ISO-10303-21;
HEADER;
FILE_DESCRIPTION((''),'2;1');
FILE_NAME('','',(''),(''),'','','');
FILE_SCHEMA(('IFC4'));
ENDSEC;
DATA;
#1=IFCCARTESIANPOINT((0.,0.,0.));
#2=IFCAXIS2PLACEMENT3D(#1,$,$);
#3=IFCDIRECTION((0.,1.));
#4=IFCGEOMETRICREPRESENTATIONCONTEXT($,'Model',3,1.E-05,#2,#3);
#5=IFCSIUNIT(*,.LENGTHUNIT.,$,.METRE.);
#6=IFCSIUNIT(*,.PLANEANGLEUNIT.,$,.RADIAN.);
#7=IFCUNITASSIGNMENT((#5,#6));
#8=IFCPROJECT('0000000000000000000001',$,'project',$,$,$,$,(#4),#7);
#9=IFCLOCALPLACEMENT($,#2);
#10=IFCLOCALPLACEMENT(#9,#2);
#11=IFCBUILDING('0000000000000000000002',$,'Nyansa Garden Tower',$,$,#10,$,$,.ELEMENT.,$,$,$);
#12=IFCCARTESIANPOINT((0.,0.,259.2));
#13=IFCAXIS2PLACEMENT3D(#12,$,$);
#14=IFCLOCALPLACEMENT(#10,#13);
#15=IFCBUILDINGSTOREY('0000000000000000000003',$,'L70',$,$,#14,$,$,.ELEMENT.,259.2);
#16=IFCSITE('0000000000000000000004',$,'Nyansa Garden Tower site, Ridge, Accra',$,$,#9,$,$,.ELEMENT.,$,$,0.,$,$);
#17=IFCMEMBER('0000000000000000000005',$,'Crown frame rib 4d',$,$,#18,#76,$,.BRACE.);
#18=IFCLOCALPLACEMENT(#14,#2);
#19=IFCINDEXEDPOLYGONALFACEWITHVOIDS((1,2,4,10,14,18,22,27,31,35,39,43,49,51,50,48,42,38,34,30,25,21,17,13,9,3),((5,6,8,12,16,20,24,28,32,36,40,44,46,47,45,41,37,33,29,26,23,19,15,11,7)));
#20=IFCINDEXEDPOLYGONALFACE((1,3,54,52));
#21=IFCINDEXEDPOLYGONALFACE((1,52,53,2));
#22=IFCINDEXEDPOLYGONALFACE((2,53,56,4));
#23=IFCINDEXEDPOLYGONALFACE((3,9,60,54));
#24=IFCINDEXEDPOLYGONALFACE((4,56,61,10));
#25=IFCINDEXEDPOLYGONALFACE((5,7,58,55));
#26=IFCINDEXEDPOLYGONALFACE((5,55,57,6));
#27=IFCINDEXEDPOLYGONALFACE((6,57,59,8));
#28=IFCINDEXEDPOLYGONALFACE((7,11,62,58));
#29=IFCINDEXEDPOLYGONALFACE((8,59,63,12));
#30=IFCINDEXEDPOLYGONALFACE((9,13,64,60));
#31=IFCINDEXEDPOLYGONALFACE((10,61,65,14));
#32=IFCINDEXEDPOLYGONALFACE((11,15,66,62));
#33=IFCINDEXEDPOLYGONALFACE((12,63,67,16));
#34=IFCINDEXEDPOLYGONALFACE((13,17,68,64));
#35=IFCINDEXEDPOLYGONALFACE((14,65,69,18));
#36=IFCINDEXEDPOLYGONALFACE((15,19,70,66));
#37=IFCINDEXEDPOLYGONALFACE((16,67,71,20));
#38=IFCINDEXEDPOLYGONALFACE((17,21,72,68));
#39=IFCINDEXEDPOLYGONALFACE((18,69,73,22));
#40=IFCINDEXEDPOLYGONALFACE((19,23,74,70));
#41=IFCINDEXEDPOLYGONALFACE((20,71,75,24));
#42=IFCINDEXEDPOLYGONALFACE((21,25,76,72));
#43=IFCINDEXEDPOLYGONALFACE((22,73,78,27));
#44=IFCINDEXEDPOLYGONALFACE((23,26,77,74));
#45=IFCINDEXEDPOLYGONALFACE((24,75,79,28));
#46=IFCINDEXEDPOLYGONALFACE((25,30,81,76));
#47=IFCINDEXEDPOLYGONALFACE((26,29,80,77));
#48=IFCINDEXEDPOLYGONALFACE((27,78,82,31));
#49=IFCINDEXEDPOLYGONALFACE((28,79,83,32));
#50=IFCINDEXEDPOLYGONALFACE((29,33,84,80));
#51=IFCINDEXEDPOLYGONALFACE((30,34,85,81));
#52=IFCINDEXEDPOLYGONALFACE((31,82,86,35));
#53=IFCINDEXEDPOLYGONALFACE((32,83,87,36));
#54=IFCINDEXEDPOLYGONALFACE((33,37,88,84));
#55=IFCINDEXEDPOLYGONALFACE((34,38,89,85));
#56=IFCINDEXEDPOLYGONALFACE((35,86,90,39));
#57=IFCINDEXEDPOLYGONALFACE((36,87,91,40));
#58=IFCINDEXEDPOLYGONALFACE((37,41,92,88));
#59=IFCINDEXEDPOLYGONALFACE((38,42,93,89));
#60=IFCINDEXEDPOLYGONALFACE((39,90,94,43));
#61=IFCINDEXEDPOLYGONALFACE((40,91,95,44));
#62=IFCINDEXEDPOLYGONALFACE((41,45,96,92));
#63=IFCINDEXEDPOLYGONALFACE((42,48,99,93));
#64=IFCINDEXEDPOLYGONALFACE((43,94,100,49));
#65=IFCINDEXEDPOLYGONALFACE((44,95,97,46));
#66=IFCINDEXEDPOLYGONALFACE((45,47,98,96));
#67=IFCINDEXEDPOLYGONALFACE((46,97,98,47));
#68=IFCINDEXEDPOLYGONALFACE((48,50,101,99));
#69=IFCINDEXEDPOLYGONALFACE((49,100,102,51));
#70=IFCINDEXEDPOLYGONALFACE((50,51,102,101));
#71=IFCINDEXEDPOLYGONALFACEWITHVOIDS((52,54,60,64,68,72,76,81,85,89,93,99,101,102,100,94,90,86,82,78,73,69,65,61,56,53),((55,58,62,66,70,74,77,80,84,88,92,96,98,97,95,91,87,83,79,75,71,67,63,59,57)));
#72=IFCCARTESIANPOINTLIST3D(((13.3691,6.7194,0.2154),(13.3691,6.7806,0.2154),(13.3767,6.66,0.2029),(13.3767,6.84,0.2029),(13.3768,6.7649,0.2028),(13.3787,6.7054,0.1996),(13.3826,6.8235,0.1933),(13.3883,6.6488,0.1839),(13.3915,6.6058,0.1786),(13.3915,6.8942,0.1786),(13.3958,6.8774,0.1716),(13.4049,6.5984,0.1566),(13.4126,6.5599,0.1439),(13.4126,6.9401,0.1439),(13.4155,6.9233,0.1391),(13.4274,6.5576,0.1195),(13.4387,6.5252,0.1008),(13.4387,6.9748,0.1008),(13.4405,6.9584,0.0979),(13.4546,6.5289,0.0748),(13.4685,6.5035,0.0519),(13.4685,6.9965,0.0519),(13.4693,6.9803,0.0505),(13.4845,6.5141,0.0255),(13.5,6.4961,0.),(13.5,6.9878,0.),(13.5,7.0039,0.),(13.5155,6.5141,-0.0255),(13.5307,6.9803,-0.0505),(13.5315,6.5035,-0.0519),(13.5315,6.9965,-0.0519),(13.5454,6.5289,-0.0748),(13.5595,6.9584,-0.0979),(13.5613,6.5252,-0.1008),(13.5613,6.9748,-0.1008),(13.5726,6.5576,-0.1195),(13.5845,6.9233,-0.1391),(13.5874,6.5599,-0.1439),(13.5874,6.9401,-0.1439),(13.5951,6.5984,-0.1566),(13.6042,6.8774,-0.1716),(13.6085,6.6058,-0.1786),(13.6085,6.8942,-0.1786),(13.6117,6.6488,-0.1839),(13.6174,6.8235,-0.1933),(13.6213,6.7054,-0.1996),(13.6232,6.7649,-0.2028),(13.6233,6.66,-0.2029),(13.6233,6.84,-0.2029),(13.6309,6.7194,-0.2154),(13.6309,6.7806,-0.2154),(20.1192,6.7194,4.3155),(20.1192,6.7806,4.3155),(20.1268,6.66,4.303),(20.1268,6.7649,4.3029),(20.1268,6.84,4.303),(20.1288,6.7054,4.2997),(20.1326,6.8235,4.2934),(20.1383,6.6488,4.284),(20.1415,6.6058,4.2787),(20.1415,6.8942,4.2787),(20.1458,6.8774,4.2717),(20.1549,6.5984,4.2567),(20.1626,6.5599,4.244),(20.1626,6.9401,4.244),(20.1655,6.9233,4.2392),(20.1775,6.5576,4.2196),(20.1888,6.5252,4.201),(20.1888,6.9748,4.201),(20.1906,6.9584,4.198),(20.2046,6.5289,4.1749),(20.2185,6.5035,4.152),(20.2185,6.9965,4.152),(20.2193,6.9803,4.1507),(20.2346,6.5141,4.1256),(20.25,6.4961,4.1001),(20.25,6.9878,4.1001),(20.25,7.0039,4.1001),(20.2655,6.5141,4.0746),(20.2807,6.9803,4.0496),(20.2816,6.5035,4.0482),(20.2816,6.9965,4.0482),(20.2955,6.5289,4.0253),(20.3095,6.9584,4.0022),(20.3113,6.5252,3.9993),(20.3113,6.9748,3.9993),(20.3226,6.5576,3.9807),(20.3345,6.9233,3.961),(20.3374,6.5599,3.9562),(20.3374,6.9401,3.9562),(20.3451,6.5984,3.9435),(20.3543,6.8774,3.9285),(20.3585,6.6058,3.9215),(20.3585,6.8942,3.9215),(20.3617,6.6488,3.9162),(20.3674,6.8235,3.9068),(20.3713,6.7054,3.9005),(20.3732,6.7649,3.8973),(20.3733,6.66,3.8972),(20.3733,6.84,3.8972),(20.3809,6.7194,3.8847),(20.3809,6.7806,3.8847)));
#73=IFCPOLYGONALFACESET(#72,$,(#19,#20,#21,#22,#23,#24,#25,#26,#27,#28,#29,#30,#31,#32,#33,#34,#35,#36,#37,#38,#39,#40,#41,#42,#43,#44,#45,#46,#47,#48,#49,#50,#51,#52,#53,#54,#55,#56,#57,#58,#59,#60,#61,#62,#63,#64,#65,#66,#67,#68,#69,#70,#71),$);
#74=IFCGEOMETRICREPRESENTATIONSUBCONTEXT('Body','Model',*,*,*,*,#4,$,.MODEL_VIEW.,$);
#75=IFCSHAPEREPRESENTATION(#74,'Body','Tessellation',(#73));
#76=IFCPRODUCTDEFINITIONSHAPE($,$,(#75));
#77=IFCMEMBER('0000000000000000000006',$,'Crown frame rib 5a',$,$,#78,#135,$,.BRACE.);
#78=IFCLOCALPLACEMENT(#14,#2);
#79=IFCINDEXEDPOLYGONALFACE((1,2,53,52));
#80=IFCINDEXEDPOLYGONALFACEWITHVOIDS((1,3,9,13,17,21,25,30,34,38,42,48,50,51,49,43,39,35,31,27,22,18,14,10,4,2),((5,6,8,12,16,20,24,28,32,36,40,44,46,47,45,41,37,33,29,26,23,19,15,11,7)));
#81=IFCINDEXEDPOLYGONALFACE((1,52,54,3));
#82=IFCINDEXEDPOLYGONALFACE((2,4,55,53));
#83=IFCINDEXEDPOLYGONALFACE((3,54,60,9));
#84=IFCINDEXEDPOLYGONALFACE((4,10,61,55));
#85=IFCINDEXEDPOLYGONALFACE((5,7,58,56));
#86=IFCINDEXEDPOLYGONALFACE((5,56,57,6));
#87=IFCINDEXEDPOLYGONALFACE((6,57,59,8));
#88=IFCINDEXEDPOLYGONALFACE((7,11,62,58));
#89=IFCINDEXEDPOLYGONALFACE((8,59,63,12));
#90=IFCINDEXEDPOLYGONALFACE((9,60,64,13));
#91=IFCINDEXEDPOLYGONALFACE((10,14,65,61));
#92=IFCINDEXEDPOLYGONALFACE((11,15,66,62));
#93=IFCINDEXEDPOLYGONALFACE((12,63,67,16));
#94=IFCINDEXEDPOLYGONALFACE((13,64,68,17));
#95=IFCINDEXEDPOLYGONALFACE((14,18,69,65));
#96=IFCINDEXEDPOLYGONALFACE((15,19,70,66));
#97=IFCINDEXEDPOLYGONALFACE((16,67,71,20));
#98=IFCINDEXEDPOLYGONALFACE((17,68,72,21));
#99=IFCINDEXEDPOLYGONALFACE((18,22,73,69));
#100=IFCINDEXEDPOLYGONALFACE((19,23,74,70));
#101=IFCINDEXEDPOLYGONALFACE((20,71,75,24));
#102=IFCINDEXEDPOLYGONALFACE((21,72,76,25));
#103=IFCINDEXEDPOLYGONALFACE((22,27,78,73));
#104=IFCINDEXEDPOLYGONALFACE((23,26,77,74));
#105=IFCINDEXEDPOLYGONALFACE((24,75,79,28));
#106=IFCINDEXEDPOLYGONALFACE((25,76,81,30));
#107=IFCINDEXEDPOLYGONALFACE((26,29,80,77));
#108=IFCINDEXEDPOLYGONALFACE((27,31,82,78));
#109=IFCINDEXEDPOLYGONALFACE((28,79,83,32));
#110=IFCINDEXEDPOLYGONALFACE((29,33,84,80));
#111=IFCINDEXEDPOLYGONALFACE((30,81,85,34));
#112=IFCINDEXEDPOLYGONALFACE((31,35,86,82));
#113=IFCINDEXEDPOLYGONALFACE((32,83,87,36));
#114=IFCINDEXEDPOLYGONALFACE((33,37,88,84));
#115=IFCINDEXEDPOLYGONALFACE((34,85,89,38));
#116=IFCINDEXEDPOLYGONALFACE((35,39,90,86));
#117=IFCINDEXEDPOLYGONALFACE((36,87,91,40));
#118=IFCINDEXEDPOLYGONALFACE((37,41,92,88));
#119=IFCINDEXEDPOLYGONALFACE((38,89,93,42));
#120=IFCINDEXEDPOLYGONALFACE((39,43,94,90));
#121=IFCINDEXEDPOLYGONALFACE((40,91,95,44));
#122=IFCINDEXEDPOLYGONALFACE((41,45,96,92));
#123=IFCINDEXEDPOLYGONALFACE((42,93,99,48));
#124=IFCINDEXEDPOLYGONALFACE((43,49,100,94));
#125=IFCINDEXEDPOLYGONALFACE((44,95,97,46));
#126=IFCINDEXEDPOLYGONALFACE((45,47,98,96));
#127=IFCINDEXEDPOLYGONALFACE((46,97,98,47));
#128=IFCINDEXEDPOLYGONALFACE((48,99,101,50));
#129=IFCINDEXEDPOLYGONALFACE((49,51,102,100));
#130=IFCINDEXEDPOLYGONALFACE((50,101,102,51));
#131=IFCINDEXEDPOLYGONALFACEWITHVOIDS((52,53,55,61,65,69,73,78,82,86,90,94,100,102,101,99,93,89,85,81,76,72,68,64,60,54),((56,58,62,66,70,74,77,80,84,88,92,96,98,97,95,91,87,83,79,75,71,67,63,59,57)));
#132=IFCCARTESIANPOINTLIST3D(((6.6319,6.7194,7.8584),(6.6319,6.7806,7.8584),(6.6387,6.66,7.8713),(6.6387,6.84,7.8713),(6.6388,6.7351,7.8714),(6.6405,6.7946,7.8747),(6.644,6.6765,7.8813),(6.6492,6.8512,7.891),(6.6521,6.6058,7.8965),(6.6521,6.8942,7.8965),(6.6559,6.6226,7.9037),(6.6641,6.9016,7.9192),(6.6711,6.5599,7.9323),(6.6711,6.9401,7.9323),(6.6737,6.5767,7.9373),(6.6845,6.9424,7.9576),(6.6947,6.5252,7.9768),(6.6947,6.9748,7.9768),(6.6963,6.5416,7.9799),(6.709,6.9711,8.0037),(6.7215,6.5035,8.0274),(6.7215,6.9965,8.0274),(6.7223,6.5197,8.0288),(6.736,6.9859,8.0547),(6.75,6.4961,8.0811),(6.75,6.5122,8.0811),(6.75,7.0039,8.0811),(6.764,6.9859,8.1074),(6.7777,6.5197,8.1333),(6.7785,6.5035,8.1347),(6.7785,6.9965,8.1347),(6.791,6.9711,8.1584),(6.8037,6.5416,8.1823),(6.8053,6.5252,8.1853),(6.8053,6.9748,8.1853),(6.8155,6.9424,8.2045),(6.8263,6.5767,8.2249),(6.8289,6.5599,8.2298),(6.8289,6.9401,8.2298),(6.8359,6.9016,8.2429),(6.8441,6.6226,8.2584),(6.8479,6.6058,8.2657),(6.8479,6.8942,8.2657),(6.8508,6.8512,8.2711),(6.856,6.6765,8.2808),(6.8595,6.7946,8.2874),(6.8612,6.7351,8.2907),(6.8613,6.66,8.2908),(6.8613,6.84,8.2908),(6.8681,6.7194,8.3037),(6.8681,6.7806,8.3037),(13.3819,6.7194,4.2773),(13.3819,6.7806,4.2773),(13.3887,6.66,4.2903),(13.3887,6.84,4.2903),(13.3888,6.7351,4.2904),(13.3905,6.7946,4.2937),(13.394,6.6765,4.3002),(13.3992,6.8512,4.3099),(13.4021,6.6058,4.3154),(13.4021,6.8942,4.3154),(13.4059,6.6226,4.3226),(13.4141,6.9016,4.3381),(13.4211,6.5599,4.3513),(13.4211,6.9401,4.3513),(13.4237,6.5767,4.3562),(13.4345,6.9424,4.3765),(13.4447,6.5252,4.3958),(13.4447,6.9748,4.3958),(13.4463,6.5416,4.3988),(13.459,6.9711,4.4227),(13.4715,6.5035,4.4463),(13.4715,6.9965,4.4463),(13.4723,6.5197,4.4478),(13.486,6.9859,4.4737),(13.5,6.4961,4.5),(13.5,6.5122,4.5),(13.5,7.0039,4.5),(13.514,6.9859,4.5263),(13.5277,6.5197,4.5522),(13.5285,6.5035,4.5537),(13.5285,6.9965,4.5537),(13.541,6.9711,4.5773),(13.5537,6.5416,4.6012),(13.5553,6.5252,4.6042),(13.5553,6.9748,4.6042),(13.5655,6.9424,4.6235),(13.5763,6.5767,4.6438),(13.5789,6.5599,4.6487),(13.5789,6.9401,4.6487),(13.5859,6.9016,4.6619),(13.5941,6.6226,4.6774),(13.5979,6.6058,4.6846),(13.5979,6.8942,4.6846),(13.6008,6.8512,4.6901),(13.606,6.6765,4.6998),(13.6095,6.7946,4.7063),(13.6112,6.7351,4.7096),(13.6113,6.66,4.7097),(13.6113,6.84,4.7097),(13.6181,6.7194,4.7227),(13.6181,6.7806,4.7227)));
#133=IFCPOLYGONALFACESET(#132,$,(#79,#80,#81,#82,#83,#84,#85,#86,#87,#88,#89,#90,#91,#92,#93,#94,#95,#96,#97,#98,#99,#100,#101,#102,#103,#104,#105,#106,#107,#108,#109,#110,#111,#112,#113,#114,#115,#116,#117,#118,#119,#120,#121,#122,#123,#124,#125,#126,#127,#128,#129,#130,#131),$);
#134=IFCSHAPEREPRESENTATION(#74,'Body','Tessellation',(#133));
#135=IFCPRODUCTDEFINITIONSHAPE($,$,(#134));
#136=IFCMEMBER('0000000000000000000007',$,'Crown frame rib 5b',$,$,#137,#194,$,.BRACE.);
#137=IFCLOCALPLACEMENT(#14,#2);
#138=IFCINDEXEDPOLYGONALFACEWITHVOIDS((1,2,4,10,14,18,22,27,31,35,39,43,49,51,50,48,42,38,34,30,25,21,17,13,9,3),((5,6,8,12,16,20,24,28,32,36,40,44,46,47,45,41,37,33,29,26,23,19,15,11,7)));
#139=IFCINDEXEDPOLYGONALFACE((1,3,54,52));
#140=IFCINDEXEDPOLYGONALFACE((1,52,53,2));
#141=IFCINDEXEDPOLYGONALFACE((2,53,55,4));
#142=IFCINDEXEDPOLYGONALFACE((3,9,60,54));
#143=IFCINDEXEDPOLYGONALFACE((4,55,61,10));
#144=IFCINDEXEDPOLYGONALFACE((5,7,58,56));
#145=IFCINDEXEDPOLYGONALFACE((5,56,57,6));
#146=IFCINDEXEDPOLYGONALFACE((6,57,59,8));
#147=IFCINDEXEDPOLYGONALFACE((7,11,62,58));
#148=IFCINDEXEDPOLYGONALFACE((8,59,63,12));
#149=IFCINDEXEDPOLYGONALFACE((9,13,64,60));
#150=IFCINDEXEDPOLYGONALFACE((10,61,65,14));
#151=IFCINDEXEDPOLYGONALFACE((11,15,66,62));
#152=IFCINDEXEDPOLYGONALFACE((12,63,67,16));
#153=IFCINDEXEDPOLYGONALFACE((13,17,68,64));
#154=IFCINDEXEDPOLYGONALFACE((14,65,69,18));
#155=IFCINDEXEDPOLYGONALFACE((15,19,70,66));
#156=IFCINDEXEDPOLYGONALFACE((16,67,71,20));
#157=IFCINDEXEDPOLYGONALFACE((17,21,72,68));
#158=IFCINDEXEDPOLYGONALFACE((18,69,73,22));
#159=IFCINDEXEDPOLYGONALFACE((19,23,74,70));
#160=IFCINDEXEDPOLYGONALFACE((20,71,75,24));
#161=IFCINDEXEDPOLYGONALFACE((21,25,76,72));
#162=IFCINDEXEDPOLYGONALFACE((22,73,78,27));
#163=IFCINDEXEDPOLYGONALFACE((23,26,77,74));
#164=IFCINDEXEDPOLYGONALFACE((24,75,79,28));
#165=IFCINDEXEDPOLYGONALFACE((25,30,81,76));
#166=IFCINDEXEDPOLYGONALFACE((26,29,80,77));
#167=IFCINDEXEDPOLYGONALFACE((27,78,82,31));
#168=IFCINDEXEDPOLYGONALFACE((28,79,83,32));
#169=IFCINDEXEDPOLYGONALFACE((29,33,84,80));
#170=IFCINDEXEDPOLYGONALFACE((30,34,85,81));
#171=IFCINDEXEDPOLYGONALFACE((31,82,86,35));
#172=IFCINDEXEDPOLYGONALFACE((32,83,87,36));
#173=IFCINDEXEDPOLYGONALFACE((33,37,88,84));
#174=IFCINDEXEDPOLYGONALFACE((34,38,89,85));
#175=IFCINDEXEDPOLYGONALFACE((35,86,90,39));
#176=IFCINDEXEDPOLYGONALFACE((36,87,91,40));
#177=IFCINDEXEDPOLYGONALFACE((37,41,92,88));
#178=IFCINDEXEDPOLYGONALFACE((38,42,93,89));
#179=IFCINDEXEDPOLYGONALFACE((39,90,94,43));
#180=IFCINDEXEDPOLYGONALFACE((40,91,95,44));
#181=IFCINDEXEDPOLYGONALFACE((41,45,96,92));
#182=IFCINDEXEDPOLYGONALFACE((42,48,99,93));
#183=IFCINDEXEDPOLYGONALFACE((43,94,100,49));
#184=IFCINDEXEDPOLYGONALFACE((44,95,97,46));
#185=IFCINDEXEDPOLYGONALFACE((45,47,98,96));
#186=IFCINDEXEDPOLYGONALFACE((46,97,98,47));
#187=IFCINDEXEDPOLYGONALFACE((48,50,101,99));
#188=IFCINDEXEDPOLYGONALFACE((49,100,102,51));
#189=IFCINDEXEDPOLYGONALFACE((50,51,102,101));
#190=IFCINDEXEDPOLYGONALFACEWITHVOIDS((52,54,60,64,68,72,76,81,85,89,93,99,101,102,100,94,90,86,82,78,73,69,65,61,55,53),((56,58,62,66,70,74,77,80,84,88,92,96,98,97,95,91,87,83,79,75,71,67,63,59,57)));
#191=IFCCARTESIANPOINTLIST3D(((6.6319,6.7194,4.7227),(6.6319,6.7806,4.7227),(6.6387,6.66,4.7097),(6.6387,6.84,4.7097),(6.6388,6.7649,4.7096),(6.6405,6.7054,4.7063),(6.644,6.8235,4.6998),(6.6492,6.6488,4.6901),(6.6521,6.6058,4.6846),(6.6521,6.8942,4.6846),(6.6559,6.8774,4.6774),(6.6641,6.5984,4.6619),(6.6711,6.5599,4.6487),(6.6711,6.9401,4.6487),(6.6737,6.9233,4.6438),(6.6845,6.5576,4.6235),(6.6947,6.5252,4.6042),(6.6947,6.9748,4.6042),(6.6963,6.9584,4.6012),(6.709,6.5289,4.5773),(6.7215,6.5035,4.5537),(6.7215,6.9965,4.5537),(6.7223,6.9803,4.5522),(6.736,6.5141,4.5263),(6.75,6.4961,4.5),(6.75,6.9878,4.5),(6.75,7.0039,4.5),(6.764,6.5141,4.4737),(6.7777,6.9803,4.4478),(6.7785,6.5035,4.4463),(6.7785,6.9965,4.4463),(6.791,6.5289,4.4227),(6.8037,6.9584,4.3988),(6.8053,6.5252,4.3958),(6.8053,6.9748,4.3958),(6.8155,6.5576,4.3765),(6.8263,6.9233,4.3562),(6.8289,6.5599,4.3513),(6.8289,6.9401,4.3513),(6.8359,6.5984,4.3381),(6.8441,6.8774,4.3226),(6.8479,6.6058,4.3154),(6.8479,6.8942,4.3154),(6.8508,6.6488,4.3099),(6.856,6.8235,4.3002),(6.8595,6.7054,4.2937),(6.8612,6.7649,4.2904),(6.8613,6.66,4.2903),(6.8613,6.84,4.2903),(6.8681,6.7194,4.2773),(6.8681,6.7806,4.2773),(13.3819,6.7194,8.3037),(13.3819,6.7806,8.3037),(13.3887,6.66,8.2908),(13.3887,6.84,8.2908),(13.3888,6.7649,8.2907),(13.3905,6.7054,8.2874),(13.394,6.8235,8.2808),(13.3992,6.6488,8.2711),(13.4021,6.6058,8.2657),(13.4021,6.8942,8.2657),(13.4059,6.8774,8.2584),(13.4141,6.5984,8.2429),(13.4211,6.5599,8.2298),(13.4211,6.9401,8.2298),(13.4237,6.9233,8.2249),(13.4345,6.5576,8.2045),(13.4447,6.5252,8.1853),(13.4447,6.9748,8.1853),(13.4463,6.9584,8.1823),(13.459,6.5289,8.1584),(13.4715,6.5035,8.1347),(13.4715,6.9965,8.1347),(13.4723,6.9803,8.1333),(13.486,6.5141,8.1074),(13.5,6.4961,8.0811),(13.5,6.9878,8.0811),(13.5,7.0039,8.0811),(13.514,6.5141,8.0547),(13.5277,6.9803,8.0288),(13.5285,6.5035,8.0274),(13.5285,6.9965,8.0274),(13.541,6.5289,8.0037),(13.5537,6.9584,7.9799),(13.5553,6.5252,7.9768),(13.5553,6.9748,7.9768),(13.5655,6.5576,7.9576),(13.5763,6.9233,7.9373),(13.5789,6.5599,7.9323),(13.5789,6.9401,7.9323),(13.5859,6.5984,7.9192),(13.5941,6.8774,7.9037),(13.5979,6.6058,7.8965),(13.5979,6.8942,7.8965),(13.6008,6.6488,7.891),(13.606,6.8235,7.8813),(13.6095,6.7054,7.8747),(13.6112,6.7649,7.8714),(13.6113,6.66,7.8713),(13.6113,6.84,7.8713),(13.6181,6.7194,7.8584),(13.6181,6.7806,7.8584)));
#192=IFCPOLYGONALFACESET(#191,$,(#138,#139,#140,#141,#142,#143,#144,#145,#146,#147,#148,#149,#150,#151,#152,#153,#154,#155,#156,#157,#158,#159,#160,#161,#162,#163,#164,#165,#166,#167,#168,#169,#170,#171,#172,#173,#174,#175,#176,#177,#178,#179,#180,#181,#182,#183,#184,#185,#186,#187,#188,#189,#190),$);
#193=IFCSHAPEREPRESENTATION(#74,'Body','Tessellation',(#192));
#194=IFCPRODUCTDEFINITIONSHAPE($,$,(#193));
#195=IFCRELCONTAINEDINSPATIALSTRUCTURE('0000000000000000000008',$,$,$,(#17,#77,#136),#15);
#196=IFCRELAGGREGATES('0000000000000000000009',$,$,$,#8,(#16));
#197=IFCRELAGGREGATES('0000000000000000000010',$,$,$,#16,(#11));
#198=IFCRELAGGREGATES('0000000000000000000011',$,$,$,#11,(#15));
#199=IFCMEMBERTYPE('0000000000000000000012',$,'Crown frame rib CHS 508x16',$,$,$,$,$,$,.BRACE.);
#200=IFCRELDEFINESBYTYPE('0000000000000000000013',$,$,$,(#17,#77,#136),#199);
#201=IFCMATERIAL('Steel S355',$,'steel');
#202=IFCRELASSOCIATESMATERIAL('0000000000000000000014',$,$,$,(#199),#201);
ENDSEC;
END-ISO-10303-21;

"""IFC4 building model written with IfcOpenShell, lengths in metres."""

from ifc_helpers import new_model, si_unit, direction, frame, origin, origin_2d, place, context, subcontext, project, spatial, hollow_circle, extrude, material, material_profile, profile_set, type_object, element, save


model = new_model("IFC4")

# Units and contexts
model_context = context("Model", 3, precision=1e-05, world=origin(), true_north=direction((0.0, 1.0)))
body_context = subcontext(model_context, "Body", "Model", "MODEL_VIEW")
ifc_project = project(units=[si_unit("LENGTHUNIT", "METRE"), si_unit("PLANEANGLEUNIT", "RADIAN")], contexts=[model_context])

# Site, building, storey
site_placement = place(None, origin())
site = spatial("IfcSite", under=ifc_project, at=site_placement, Name="Nyansa Garden Tower site, Ridge, Accra", CompositionType="ELEMENT", RefElevation=0.0)
building_placement = place(site_placement, origin())
building = spatial("IfcBuilding", under=site, at=building_placement, Name="Nyansa Garden Tower", CompositionType="ELEMENT")
storey_placement = place(building_placement, frame((0.0, 0.0, 259.2)))
storey = spatial("IfcBuildingStorey", under=building, at=storey_placement, Name="L70", CompositionType="ELEMENT", Elevation=259.2)

# Members
ifc_material_1 = material(Name="Steel S355", Category="steel")
ifc_material_profile_1 = material_profile(ifc_material_1, hollow_circle(Radius=0.2539, WallThickness=0.0161, at=origin_2d()), Name="CHS 508x16")
ifc_profile_set_1 = profile_set([ifc_material_profile_1], Name="Steel S355")
member_type = type_object("IfcMemberType", Name="Crown frame rib CHS 508x16", PredefinedType="BRACE", material=ifc_profile_set_1)
member_1_placement = place(storey_placement, frame((13.5, 6.75, 0.0), z_axis=(0.854682, 0.0, 0.519152), x_axis=(0.0, 1.0, 0.0)))
element("IfcMember", 1, at=member_1_placement, inside=storey, type_object=member_type, Name="Crown frame rib 4d", PredefinedType="BRACE", context=body_context, shape_type="SweptSolid", body=[
    extrude(hollow_circle(Radius=0.2539, WallThickness=0.0161, at=origin_2d()), origin(), (0.0, 0.0, 1.0), 7.8977),
])
for number, where, z_axis, x_axis, name in (
    (2, (13.5, 6.75, 4.5), (-0.88338, 0.0, 0.468657), (0.0, -1.0, 0.0), "Crown frame rib 5a"),
    (3, (6.75, 6.75, 4.5), (0.88338, 0.0, 0.468657), (0.0, 1.0, 0.0), "Crown frame rib 5b"),
):
    element("IfcMember", number, at=place(storey_placement, frame(where, z_axis=z_axis, x_axis=x_axis)), inside=storey, type_object=member_type, Name=name, PredefinedType="BRACE", context=body_context, shape_type="SweptSolid", body=[
        extrude(hollow_circle(Radius=0.2539, WallThickness=0.0161, at=origin_2d()), origin(), (0.0, 0.0, 1.0), 7.6411),
    ])

save(model, "model.ifc")
